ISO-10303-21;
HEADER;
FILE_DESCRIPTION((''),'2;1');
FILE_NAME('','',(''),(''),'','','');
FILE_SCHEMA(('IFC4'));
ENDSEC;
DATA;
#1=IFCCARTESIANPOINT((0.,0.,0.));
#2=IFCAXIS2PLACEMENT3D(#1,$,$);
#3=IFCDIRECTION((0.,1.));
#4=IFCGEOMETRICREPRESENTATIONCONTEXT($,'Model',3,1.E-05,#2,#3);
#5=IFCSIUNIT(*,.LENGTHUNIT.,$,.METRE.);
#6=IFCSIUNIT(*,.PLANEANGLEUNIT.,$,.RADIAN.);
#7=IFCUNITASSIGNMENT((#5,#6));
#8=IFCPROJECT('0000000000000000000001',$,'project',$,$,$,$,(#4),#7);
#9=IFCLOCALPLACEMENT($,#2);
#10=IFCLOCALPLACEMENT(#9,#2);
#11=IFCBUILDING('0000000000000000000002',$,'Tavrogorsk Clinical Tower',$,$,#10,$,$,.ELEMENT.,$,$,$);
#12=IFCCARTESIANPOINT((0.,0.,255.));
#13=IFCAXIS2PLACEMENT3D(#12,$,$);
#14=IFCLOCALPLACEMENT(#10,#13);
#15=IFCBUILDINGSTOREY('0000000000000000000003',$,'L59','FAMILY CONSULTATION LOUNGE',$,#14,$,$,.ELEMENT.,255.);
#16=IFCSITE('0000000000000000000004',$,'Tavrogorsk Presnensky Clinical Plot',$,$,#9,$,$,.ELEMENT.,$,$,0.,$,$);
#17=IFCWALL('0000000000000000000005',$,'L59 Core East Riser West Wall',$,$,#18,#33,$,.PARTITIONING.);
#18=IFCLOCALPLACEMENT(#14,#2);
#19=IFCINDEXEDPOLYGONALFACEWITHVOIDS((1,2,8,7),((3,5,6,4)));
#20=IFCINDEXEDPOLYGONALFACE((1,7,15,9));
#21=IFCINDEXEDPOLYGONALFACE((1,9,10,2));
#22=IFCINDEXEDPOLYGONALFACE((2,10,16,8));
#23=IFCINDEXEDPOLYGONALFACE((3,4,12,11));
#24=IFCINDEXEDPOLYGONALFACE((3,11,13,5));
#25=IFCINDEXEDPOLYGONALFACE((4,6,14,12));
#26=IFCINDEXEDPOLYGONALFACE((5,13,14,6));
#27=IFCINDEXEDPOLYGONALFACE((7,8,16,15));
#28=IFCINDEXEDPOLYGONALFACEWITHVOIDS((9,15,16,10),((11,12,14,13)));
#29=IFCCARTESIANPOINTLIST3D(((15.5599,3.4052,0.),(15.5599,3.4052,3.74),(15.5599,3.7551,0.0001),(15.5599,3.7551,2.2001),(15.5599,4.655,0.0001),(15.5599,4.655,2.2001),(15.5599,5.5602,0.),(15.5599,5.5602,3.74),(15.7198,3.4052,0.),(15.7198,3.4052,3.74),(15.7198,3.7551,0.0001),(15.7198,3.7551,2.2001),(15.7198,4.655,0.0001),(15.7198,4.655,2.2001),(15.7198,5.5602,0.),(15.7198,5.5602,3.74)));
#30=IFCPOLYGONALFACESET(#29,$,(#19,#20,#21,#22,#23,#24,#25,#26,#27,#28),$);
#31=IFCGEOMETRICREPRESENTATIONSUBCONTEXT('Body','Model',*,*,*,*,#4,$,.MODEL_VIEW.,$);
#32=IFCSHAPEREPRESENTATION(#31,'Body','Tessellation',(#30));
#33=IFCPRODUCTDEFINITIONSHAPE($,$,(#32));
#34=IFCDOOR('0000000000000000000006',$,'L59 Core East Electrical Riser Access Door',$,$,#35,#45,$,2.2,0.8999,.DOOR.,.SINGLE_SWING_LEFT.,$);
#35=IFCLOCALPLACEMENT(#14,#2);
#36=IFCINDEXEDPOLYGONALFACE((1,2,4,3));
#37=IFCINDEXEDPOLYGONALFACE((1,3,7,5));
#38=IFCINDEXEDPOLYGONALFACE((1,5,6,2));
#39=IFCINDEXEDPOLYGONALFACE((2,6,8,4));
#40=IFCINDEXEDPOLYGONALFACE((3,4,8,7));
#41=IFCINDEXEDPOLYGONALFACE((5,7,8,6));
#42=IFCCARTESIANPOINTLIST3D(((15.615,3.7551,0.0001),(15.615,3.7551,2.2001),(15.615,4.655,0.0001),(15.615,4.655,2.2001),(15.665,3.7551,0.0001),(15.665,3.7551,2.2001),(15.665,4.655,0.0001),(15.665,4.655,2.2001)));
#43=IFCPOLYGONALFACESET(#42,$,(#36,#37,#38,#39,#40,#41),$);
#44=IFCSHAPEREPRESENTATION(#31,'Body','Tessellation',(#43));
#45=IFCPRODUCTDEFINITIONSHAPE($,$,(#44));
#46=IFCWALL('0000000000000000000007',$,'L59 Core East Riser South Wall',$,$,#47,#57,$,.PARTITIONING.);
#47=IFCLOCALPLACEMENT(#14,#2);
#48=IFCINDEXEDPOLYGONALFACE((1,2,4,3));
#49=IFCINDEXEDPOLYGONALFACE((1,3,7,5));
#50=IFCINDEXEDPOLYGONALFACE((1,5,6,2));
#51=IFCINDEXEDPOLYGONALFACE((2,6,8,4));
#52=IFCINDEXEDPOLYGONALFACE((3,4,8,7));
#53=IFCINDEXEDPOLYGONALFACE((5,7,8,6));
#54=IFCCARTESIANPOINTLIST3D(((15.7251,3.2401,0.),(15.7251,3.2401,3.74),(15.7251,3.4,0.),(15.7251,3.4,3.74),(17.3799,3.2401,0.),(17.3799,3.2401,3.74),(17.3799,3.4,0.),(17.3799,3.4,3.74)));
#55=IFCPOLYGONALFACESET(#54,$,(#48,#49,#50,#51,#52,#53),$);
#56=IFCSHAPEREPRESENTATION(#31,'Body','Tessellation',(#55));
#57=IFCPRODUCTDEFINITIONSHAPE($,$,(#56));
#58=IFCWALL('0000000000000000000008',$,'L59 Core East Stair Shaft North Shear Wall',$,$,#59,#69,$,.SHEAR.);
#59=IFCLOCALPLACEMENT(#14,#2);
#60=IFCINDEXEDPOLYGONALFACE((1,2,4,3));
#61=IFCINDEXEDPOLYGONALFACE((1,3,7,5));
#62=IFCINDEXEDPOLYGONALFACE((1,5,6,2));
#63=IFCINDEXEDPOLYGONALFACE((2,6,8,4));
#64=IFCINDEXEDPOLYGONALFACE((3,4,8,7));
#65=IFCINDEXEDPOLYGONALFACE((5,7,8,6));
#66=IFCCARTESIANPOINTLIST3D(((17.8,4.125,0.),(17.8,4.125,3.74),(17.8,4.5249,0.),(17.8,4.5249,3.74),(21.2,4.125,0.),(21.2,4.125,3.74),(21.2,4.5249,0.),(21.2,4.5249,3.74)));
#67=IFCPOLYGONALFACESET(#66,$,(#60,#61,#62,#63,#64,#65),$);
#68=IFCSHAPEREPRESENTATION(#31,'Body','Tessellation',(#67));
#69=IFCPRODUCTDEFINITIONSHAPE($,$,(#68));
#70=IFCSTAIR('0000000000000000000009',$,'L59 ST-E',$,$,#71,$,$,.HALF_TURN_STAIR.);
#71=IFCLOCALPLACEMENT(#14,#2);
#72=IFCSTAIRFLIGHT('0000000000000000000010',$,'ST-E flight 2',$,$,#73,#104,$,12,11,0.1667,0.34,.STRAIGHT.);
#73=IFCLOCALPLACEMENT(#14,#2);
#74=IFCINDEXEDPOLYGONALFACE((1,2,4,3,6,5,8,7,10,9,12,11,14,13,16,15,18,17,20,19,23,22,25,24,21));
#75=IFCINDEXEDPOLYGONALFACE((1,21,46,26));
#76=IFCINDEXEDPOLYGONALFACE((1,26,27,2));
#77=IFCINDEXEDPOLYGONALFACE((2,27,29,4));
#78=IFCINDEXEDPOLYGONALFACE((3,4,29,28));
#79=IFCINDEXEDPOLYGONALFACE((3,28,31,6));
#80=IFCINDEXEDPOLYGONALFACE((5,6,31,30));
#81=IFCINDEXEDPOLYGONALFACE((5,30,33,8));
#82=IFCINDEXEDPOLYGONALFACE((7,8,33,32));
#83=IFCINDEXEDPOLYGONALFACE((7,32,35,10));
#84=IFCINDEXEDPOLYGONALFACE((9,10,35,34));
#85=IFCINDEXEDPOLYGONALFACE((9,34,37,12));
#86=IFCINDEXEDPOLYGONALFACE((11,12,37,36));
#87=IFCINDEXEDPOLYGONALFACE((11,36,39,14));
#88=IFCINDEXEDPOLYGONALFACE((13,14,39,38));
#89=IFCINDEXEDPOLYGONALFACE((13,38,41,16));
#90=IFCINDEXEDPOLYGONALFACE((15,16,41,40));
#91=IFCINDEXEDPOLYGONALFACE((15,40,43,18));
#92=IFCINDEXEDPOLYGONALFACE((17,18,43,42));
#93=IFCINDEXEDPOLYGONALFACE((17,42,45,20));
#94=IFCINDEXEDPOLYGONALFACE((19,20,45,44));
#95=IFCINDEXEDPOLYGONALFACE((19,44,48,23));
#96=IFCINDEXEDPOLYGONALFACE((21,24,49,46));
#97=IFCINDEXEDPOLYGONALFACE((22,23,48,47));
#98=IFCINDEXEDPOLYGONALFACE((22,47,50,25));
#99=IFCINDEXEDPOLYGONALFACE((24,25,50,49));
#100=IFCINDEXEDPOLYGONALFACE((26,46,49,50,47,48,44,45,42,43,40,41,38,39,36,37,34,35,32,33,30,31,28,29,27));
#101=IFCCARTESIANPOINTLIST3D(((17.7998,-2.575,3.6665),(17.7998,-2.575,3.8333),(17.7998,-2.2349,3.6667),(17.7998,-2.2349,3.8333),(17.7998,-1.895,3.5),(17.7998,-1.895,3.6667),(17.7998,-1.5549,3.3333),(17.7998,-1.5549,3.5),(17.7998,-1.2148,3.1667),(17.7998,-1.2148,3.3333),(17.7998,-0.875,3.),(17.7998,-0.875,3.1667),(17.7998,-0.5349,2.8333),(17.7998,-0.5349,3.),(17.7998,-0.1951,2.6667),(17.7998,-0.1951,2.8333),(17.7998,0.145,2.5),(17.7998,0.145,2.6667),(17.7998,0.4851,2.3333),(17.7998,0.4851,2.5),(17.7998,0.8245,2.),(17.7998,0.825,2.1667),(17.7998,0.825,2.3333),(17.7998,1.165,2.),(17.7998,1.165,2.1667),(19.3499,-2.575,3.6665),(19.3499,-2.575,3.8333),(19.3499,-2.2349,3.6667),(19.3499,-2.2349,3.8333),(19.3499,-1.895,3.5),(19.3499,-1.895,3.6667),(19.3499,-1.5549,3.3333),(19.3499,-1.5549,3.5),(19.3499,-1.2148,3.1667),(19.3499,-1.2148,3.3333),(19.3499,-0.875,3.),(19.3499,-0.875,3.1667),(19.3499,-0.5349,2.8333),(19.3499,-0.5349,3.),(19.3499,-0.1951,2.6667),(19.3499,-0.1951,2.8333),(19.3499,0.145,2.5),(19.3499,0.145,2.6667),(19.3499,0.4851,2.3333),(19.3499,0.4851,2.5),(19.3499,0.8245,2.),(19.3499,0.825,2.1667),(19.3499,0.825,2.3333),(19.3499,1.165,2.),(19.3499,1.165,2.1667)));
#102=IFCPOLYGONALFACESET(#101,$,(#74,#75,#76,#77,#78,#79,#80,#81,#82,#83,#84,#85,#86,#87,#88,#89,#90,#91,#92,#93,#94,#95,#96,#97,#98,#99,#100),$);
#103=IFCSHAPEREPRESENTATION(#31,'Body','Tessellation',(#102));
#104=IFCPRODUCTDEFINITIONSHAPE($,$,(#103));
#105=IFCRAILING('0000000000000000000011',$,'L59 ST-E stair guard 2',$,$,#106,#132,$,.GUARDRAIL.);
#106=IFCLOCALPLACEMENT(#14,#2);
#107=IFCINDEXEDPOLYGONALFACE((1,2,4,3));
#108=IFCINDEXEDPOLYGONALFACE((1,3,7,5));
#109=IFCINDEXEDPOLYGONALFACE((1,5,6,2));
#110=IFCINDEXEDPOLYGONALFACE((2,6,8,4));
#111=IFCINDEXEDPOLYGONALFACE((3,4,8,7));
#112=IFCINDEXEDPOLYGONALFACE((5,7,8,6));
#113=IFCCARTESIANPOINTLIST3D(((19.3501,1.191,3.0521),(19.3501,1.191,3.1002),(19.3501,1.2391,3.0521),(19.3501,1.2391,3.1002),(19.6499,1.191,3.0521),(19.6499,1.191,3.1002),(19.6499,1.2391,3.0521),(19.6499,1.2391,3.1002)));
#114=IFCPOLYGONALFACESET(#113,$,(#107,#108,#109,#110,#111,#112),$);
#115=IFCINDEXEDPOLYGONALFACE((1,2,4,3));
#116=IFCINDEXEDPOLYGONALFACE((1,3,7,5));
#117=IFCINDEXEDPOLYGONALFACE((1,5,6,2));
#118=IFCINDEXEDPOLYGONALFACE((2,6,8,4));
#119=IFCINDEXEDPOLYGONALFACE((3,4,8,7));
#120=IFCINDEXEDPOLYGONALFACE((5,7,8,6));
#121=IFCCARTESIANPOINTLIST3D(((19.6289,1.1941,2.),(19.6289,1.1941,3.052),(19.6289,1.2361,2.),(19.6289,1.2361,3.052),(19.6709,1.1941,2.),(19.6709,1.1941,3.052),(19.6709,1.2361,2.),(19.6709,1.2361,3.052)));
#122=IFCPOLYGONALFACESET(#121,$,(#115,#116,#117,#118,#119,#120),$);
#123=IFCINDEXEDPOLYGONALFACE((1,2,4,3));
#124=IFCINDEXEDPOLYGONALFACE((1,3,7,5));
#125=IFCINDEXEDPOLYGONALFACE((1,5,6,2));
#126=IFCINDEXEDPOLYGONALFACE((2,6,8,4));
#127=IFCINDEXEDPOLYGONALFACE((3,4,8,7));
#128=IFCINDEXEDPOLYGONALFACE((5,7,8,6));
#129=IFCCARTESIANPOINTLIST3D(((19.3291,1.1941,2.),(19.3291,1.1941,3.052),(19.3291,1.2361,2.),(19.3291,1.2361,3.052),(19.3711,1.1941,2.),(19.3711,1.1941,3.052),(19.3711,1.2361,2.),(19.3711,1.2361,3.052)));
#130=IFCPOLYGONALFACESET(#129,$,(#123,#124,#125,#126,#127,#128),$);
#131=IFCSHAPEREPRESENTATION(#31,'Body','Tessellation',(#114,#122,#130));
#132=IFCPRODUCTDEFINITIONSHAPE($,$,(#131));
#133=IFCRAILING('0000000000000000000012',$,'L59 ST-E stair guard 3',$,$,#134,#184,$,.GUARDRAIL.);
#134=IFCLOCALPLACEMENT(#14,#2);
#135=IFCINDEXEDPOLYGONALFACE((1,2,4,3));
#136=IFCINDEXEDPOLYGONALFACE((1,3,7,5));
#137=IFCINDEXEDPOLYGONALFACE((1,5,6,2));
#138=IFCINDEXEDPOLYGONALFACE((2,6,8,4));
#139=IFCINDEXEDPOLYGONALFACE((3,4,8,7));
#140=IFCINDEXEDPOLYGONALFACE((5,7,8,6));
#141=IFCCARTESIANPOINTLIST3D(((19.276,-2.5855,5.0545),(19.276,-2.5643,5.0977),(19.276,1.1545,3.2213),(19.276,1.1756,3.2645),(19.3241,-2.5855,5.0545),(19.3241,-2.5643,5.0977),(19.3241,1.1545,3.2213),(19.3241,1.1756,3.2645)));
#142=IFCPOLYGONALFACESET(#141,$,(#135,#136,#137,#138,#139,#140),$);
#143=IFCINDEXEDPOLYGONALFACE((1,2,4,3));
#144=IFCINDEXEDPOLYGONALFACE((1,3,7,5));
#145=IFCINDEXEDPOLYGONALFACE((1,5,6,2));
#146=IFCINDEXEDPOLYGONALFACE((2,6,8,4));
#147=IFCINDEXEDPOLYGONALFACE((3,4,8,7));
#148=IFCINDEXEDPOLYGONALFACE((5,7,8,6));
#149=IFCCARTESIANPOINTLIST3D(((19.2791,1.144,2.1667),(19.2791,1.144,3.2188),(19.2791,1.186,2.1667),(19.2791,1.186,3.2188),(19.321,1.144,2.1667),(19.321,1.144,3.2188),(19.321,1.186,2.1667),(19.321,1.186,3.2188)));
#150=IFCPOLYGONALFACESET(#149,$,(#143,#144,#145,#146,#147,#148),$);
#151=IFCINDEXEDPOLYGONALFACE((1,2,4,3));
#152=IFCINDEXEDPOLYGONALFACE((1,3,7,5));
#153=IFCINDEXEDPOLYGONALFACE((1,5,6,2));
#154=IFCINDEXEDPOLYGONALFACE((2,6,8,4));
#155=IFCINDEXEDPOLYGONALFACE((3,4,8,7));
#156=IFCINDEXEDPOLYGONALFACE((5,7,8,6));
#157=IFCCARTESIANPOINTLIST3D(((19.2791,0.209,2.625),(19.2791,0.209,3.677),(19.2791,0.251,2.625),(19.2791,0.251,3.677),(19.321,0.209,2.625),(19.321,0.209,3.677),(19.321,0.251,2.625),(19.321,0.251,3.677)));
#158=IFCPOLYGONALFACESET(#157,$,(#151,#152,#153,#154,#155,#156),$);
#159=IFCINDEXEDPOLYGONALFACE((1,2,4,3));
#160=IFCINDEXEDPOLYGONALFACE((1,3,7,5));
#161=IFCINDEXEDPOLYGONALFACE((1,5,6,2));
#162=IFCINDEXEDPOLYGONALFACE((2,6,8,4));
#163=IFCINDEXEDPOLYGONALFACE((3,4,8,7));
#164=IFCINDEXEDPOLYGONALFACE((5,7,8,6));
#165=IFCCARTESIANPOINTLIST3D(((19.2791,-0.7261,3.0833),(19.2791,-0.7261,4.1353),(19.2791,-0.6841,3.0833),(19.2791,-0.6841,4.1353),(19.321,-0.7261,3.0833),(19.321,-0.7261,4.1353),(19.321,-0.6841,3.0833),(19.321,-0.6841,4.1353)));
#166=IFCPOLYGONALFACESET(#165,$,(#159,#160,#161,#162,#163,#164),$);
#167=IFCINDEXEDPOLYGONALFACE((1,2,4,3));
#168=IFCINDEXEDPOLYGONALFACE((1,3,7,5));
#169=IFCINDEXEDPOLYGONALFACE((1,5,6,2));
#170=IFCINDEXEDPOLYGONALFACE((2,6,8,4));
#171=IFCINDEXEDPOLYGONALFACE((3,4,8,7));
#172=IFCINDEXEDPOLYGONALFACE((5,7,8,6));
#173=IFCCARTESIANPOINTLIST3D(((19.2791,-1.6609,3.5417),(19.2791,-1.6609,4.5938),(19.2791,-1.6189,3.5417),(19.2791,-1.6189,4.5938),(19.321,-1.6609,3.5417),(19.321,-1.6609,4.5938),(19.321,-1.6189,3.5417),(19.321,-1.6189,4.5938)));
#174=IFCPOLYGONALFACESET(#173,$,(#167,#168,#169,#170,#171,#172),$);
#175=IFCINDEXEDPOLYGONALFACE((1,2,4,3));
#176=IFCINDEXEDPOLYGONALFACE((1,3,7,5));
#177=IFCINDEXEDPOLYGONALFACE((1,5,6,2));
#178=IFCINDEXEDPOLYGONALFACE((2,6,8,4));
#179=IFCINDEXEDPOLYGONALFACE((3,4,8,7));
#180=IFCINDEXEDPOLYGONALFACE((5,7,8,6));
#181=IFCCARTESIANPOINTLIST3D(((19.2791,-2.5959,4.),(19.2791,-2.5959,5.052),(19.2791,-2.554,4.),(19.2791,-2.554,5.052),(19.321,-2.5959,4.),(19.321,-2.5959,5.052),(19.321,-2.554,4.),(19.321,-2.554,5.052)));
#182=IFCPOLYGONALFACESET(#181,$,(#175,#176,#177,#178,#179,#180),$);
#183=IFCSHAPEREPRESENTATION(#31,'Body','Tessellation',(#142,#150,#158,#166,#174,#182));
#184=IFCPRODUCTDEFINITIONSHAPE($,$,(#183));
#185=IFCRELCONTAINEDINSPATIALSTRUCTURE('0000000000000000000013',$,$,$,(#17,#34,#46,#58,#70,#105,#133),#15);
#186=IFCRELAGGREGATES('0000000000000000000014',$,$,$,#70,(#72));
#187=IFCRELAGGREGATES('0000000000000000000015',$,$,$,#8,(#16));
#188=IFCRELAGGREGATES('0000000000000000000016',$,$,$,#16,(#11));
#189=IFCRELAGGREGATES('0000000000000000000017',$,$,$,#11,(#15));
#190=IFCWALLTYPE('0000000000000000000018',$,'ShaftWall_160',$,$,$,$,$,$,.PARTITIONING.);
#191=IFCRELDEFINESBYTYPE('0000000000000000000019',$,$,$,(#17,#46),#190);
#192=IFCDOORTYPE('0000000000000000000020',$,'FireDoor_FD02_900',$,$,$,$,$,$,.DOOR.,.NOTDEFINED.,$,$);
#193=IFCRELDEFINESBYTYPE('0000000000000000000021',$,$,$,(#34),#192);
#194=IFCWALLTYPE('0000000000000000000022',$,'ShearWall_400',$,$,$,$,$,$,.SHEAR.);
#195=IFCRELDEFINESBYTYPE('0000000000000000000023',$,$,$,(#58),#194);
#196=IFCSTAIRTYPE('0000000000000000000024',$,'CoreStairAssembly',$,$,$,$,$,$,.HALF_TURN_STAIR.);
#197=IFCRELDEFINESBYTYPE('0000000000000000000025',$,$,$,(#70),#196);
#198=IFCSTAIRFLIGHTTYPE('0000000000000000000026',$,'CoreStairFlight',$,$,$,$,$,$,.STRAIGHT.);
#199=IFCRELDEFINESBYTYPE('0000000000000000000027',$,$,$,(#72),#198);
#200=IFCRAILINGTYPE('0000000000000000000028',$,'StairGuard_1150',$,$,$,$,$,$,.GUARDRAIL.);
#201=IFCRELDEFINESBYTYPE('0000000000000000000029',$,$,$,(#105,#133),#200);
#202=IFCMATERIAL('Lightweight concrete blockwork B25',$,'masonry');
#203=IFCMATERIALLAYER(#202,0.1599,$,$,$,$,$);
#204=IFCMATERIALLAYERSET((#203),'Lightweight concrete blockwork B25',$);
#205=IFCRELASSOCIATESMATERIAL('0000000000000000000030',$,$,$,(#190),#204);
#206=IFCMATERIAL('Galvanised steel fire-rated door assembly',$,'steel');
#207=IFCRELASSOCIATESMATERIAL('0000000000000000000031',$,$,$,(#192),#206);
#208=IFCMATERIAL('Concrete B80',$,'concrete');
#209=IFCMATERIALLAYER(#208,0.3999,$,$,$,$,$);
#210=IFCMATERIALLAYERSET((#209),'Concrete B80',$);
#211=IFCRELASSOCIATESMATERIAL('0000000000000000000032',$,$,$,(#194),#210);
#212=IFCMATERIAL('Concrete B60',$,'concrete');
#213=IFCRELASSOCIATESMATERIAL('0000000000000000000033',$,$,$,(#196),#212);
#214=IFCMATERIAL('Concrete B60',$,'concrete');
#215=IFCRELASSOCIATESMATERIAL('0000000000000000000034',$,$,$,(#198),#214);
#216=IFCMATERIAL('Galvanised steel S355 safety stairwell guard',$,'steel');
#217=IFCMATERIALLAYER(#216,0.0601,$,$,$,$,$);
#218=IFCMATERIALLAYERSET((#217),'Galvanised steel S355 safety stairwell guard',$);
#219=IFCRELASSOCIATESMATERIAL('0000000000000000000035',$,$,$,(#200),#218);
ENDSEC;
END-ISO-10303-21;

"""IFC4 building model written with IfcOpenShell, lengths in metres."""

from ifc_helpers import new_model, si_unit, direction, frame, frame_2d, origin, origin_2d, place, context, subcontext, project, spatial, polyline, rectangle, outline, extrude, material, layer, layer_set, type_object, element, fill, aggregate, save


model = new_model("IFC4")

# Units and contexts
model_context = context("Model", 3, precision=1e-05, world=origin(), true_north=direction((0.0, 1.0)))
body_context = subcontext(model_context, "Body", "Model", "MODEL_VIEW")
ifc_project = project(units=[si_unit("LENGTHUNIT", "METRE"), si_unit("PLANEANGLEUNIT", "RADIAN")], contexts=[model_context])

# Site, building, storey
site_placement = place(None, origin())
site = spatial("IfcSite", under=ifc_project, at=site_placement, Name="Tavrogorsk Presnensky Clinical Plot", CompositionType="ELEMENT", RefElevation=0.0)
building_placement = place(site_placement, origin())
building = spatial("IfcBuilding", under=site, at=building_placement, Name="Tavrogorsk Clinical Tower", CompositionType="ELEMENT")
storey_placement = place(building_placement, frame((0.0, 0.0, 255.0)))
storey = spatial("IfcBuildingStorey", under=building, at=storey_placement, Name="L59", Description="FAMILY CONSULTATION LOUNGE", CompositionType="ELEMENT", Elevation=255.0)

# Wall, opening, door
ifc_material_1 = material(Name="Lightweight concrete blockwork B25", Category="masonry")
ifc_layer_1 = layer(ifc_material_1, 0.1599)
ifc_layer_set_1 = layer_set([ifc_layer_1], Name="Lightweight concrete blockwork B25")
wall_type_1 = type_object("IfcWallType", Name="ShaftWall_160", PredefinedType="PARTITIONING", material=ifc_layer_set_1)
wall_1_placement = place(storey_placement, frame((15.6399, 3.405, 0.0), z_axis=(0.0, 0.0, 1.0), x_axis=(0.0, 1.0, 0.0)))
wall_1 = element("IfcWall", 1, at=wall_1_placement, inside=storey, type_object=wall_type_1, Name="L59 Core East Riser West Wall", PredefinedType="PARTITIONING", context=body_context, shape_type="SweptSolid", body=[
    extrude(rectangle(XDim=2.155, YDim=0.1599, at=frame_2d((1.0776, 0.0))), origin(), (0.0, 0.0, 1.0), 3.74),
])
opening_1_placement = place(wall_1_placement, frame((0.3501, 0.0, 0.0)))
opening_1 = element("IfcOpeningElement", 2, at=opening_1_placement, cuts=wall_1, PredefinedType="OPENING", context=body_context, shape_type="SweptSolid", body=[
    extrude(rectangle(XDim=0.8999, YDim=2.2, at=frame_2d((0.45, 1.1001))), frame((0.0, 0.0898, 0.0), z_axis=(0.0, -1.0, 0.0), x_axis=(1.0, 0.0, 0.0)), (0.0, 0.0, 1.0), 0.1799),
])
ifc_material_2 = material(Name="Galvanised steel fire-rated door assembly", Category="steel")
door_type_1 = type_object("IfcDoorType", Name="FireDoor_FD02_900", OperationType="NOTDEFINED", PredefinedType="DOOR", material=ifc_material_2)
door_1_placement = place(opening_1_placement, origin())
door_1 = element("IfcDoor", 3, at=door_1_placement, inside=storey, type_object=door_type_1, Name="L59 Core East Electrical Riser Access Door", OperationType="SINGLE_SWING_LEFT", OverallHeight=2.2, OverallWidth=0.8999, PredefinedType="DOOR", context=body_context, shape_type="SweptSolid", body=[
    extrude(rectangle(XDim=0.8999, YDim=2.2, at=frame_2d((0.45, 1.1001))), frame((0.0, 0.0249, 0.0), z_axis=(0.0, -1.0, 0.0), x_axis=(1.0, 0.0, 0.0)), (0.0, 0.0, 1.0), 0.05),
])
fill(opening_1, door_1)

# Walls
wall_2_placement = place(storey_placement, frame((15.7251, 3.3201, 0.0), z_axis=(0.0, 0.0, 1.0), x_axis=(1.0, 0.0, 0.0)))
element("IfcWall", 4, at=wall_2_placement, inside=storey, type_object=wall_type_1, Name="L59 Core East Riser South Wall", PredefinedType="PARTITIONING", context=body_context, shape_type="SweptSolid", body=[
    extrude(rectangle(XDim=1.6548, YDim=0.1599, at=frame_2d((0.8274, 0.0))), origin(), (0.0, 0.0, 1.0), 3.74),
])
ifc_material_3 = material(Name="Concrete B80", Category="concrete")
ifc_layer_2 = layer(ifc_material_3, 0.3999)
ifc_layer_set_2 = layer_set([ifc_layer_2], Name="Concrete B80")
wall_type_2 = type_object("IfcWallType", Name="ShearWall_400", PredefinedType="SHEAR", material=ifc_layer_set_2)
wall_3_placement = place(storey_placement, frame((17.8, 4.325, 0.0), z_axis=(0.0, 0.0, 1.0), x_axis=(1.0, 0.0, 0.0)))
element("IfcWall", 5, at=wall_3_placement, inside=storey, type_object=wall_type_2, Name="L59 Core East Stair Shaft North Shear Wall", PredefinedType="SHEAR", context=body_context, shape_type="SweptSolid", body=[
    extrude(rectangle(XDim=3.3999, YDim=0.3999, at=frame_2d((1.7, 0.0))), origin(), (0.0, 0.0, 1.0), 3.74),
])

# Stair, stair flight
ifc_material_4 = material(Name="Concrete B60", Category="concrete")
stair_type = type_object("IfcStairType", Name="CoreStairAssembly", PredefinedType="HALF_TURN_STAIR", material=ifc_material_4)
stair_placement = place(storey_placement, origin())
stair = element("IfcStair", 6, at=stair_placement, inside=storey, type_object=stair_type, Name="L59 ST-E", PredefinedType="HALF_TURN_STAIR")
ifc_material_5 = material(Name="Concrete B60", Category="concrete")
stair_flight_type = type_object("IfcStairFlightType", Name="CoreStairFlight", PredefinedType="STRAIGHT", material=ifc_material_5)
stair_flight_placement = place(storey_placement, frame((18.575, 1.165, 2.0), z_axis=(0.0, 0.0, 1.0), x_axis=(0.0, -1.0, 0.0)))
stair_flight = element("IfcStairFlight", 7, at=stair_flight_placement, type_object=stair_flight_type, Name="ST-E flight 2", NumberOfRisers=12, NumberOfTreads=11, PredefinedType="STRAIGHT", RiserHeight=0.1667, TreadLength=0.34, context=body_context, shape_type="SweptSolid", body=[
    extrude(outline(polyline([(0.0, 0.0), (0.0, 0.1667), (0.3401, 0.1667), (0.3401, 0.3333), (0.6799, 0.3333), (0.6799, 0.5), (1.02, 0.5), (1.02, 0.6667), (1.3601, 0.6667), (1.3601, 0.8333), (1.7, 0.8333), (1.7, 1.0), (2.04, 1.0), (2.04, 1.1667), (2.3799, 1.1667), (2.3799, 1.3333), (2.72, 1.3333), (2.72, 1.5), (3.0601, 1.5), (3.0601, 1.6667), (3.3999, 1.6667), (3.3999, 1.8333), (3.74, 1.8333), (3.74, 2.0), (3.74, 1.6665), (0.3406, 0.0), (0.0, 0.0)])), frame((0.0, 0.7749, 0.0), z_axis=(0.0, -1.0, 0.0), x_axis=(1.0, 0.0, 0.0)), (0.0, 0.0, 1.0), 1.55),
])
aggregate(stair, [stair_flight])

# Railings
ifc_material_6 = material(Name="Galvanised steel S355 safety stairwell guard", Category="steel")
ifc_layer_3 = layer(ifc_material_6, 0.0601)
ifc_layer_set_3 = layer_set([ifc_layer_3], Name="Galvanised steel S355 safety stairwell guard")
railing_type_1 = type_object("IfcRailingType", Name="StairGuard_1150", PredefinedType="GUARDRAIL", material=ifc_layer_set_3)
railing_1_placement = place(storey_placement, frame((19.6499, 1.2151, 2.0)))
element("IfcRailing", 8, at=railing_1_placement, inside=storey, type_object=railing_type_1, Name="L59 ST-E stair guard 2", PredefinedType="GUARDRAIL", context=body_context, shape_type="SweptSolid", body=[
    extrude(rectangle(XDim=0.0481, YDim=0.0481, at=origin_2d()), frame((0.0, 0.0, 1.0762), z_axis=(-1.0, 0.0, 0.0), x_axis=(0.0, -1.0, 0.0)), (0.0, 0.0, 1.0), 0.2998),
    extrude(rectangle(XDim=0.042, YDim=0.042, at=origin_2d()), origin(), (0.0, 0.0, 1.0), 1.052),
    extrude(rectangle(XDim=0.042, YDim=0.042, at=origin_2d()), frame((-0.2998, 0.0, 0.0)), (0.0, 0.0, 1.0), 1.052),
])
railing_2_placement = place(storey_placement, frame((19.3, 1.165, 2.1667)))
element("IfcRailing", 9, at=railing_2_placement, inside=storey, type_object=railing_type_1, Name="L59 ST-E stair guard 3", PredefinedType="GUARDRAIL", context=body_context, shape_type="SweptSolid", body=[
    extrude(rectangle(XDim=0.0481, YDim=0.0481, at=origin_2d()), frame((0.0, 0.0, 1.0762), z_axis=(0.0, -0.897928, 0.440142), x_axis=(1.0, 0.0, 0.0)), (0.0, 0.0, 1.0), 4.165),
    extrude(rectangle(XDim=0.042, YDim=0.042, at=origin_2d()), origin(), (0.0, 0.0, 1.0), 1.052),
    extrude(rectangle(XDim=0.042, YDim=0.042, at=origin_2d()), frame((0.0, -0.9351, 0.4583)), (0.0, 0.0, 1.0), 1.052),
    extrude(rectangle(XDim=0.042, YDim=0.042, at=origin_2d()), frame((0.0, -1.8701, 0.9165)), (0.0, 0.0, 1.0), 1.052),
    extrude(rectangle(XDim=0.042, YDim=0.042, at=origin_2d()), frame((0.0, -2.8049, 1.375)), (0.0, 0.0, 1.0), 1.052),
    extrude(rectangle(XDim=0.042, YDim=0.042, at=origin_2d()), frame((0.0, -3.74, 1.8333)), (0.0, 0.0, 1.0), 1.052),
])

save(model, "model.ifc")
